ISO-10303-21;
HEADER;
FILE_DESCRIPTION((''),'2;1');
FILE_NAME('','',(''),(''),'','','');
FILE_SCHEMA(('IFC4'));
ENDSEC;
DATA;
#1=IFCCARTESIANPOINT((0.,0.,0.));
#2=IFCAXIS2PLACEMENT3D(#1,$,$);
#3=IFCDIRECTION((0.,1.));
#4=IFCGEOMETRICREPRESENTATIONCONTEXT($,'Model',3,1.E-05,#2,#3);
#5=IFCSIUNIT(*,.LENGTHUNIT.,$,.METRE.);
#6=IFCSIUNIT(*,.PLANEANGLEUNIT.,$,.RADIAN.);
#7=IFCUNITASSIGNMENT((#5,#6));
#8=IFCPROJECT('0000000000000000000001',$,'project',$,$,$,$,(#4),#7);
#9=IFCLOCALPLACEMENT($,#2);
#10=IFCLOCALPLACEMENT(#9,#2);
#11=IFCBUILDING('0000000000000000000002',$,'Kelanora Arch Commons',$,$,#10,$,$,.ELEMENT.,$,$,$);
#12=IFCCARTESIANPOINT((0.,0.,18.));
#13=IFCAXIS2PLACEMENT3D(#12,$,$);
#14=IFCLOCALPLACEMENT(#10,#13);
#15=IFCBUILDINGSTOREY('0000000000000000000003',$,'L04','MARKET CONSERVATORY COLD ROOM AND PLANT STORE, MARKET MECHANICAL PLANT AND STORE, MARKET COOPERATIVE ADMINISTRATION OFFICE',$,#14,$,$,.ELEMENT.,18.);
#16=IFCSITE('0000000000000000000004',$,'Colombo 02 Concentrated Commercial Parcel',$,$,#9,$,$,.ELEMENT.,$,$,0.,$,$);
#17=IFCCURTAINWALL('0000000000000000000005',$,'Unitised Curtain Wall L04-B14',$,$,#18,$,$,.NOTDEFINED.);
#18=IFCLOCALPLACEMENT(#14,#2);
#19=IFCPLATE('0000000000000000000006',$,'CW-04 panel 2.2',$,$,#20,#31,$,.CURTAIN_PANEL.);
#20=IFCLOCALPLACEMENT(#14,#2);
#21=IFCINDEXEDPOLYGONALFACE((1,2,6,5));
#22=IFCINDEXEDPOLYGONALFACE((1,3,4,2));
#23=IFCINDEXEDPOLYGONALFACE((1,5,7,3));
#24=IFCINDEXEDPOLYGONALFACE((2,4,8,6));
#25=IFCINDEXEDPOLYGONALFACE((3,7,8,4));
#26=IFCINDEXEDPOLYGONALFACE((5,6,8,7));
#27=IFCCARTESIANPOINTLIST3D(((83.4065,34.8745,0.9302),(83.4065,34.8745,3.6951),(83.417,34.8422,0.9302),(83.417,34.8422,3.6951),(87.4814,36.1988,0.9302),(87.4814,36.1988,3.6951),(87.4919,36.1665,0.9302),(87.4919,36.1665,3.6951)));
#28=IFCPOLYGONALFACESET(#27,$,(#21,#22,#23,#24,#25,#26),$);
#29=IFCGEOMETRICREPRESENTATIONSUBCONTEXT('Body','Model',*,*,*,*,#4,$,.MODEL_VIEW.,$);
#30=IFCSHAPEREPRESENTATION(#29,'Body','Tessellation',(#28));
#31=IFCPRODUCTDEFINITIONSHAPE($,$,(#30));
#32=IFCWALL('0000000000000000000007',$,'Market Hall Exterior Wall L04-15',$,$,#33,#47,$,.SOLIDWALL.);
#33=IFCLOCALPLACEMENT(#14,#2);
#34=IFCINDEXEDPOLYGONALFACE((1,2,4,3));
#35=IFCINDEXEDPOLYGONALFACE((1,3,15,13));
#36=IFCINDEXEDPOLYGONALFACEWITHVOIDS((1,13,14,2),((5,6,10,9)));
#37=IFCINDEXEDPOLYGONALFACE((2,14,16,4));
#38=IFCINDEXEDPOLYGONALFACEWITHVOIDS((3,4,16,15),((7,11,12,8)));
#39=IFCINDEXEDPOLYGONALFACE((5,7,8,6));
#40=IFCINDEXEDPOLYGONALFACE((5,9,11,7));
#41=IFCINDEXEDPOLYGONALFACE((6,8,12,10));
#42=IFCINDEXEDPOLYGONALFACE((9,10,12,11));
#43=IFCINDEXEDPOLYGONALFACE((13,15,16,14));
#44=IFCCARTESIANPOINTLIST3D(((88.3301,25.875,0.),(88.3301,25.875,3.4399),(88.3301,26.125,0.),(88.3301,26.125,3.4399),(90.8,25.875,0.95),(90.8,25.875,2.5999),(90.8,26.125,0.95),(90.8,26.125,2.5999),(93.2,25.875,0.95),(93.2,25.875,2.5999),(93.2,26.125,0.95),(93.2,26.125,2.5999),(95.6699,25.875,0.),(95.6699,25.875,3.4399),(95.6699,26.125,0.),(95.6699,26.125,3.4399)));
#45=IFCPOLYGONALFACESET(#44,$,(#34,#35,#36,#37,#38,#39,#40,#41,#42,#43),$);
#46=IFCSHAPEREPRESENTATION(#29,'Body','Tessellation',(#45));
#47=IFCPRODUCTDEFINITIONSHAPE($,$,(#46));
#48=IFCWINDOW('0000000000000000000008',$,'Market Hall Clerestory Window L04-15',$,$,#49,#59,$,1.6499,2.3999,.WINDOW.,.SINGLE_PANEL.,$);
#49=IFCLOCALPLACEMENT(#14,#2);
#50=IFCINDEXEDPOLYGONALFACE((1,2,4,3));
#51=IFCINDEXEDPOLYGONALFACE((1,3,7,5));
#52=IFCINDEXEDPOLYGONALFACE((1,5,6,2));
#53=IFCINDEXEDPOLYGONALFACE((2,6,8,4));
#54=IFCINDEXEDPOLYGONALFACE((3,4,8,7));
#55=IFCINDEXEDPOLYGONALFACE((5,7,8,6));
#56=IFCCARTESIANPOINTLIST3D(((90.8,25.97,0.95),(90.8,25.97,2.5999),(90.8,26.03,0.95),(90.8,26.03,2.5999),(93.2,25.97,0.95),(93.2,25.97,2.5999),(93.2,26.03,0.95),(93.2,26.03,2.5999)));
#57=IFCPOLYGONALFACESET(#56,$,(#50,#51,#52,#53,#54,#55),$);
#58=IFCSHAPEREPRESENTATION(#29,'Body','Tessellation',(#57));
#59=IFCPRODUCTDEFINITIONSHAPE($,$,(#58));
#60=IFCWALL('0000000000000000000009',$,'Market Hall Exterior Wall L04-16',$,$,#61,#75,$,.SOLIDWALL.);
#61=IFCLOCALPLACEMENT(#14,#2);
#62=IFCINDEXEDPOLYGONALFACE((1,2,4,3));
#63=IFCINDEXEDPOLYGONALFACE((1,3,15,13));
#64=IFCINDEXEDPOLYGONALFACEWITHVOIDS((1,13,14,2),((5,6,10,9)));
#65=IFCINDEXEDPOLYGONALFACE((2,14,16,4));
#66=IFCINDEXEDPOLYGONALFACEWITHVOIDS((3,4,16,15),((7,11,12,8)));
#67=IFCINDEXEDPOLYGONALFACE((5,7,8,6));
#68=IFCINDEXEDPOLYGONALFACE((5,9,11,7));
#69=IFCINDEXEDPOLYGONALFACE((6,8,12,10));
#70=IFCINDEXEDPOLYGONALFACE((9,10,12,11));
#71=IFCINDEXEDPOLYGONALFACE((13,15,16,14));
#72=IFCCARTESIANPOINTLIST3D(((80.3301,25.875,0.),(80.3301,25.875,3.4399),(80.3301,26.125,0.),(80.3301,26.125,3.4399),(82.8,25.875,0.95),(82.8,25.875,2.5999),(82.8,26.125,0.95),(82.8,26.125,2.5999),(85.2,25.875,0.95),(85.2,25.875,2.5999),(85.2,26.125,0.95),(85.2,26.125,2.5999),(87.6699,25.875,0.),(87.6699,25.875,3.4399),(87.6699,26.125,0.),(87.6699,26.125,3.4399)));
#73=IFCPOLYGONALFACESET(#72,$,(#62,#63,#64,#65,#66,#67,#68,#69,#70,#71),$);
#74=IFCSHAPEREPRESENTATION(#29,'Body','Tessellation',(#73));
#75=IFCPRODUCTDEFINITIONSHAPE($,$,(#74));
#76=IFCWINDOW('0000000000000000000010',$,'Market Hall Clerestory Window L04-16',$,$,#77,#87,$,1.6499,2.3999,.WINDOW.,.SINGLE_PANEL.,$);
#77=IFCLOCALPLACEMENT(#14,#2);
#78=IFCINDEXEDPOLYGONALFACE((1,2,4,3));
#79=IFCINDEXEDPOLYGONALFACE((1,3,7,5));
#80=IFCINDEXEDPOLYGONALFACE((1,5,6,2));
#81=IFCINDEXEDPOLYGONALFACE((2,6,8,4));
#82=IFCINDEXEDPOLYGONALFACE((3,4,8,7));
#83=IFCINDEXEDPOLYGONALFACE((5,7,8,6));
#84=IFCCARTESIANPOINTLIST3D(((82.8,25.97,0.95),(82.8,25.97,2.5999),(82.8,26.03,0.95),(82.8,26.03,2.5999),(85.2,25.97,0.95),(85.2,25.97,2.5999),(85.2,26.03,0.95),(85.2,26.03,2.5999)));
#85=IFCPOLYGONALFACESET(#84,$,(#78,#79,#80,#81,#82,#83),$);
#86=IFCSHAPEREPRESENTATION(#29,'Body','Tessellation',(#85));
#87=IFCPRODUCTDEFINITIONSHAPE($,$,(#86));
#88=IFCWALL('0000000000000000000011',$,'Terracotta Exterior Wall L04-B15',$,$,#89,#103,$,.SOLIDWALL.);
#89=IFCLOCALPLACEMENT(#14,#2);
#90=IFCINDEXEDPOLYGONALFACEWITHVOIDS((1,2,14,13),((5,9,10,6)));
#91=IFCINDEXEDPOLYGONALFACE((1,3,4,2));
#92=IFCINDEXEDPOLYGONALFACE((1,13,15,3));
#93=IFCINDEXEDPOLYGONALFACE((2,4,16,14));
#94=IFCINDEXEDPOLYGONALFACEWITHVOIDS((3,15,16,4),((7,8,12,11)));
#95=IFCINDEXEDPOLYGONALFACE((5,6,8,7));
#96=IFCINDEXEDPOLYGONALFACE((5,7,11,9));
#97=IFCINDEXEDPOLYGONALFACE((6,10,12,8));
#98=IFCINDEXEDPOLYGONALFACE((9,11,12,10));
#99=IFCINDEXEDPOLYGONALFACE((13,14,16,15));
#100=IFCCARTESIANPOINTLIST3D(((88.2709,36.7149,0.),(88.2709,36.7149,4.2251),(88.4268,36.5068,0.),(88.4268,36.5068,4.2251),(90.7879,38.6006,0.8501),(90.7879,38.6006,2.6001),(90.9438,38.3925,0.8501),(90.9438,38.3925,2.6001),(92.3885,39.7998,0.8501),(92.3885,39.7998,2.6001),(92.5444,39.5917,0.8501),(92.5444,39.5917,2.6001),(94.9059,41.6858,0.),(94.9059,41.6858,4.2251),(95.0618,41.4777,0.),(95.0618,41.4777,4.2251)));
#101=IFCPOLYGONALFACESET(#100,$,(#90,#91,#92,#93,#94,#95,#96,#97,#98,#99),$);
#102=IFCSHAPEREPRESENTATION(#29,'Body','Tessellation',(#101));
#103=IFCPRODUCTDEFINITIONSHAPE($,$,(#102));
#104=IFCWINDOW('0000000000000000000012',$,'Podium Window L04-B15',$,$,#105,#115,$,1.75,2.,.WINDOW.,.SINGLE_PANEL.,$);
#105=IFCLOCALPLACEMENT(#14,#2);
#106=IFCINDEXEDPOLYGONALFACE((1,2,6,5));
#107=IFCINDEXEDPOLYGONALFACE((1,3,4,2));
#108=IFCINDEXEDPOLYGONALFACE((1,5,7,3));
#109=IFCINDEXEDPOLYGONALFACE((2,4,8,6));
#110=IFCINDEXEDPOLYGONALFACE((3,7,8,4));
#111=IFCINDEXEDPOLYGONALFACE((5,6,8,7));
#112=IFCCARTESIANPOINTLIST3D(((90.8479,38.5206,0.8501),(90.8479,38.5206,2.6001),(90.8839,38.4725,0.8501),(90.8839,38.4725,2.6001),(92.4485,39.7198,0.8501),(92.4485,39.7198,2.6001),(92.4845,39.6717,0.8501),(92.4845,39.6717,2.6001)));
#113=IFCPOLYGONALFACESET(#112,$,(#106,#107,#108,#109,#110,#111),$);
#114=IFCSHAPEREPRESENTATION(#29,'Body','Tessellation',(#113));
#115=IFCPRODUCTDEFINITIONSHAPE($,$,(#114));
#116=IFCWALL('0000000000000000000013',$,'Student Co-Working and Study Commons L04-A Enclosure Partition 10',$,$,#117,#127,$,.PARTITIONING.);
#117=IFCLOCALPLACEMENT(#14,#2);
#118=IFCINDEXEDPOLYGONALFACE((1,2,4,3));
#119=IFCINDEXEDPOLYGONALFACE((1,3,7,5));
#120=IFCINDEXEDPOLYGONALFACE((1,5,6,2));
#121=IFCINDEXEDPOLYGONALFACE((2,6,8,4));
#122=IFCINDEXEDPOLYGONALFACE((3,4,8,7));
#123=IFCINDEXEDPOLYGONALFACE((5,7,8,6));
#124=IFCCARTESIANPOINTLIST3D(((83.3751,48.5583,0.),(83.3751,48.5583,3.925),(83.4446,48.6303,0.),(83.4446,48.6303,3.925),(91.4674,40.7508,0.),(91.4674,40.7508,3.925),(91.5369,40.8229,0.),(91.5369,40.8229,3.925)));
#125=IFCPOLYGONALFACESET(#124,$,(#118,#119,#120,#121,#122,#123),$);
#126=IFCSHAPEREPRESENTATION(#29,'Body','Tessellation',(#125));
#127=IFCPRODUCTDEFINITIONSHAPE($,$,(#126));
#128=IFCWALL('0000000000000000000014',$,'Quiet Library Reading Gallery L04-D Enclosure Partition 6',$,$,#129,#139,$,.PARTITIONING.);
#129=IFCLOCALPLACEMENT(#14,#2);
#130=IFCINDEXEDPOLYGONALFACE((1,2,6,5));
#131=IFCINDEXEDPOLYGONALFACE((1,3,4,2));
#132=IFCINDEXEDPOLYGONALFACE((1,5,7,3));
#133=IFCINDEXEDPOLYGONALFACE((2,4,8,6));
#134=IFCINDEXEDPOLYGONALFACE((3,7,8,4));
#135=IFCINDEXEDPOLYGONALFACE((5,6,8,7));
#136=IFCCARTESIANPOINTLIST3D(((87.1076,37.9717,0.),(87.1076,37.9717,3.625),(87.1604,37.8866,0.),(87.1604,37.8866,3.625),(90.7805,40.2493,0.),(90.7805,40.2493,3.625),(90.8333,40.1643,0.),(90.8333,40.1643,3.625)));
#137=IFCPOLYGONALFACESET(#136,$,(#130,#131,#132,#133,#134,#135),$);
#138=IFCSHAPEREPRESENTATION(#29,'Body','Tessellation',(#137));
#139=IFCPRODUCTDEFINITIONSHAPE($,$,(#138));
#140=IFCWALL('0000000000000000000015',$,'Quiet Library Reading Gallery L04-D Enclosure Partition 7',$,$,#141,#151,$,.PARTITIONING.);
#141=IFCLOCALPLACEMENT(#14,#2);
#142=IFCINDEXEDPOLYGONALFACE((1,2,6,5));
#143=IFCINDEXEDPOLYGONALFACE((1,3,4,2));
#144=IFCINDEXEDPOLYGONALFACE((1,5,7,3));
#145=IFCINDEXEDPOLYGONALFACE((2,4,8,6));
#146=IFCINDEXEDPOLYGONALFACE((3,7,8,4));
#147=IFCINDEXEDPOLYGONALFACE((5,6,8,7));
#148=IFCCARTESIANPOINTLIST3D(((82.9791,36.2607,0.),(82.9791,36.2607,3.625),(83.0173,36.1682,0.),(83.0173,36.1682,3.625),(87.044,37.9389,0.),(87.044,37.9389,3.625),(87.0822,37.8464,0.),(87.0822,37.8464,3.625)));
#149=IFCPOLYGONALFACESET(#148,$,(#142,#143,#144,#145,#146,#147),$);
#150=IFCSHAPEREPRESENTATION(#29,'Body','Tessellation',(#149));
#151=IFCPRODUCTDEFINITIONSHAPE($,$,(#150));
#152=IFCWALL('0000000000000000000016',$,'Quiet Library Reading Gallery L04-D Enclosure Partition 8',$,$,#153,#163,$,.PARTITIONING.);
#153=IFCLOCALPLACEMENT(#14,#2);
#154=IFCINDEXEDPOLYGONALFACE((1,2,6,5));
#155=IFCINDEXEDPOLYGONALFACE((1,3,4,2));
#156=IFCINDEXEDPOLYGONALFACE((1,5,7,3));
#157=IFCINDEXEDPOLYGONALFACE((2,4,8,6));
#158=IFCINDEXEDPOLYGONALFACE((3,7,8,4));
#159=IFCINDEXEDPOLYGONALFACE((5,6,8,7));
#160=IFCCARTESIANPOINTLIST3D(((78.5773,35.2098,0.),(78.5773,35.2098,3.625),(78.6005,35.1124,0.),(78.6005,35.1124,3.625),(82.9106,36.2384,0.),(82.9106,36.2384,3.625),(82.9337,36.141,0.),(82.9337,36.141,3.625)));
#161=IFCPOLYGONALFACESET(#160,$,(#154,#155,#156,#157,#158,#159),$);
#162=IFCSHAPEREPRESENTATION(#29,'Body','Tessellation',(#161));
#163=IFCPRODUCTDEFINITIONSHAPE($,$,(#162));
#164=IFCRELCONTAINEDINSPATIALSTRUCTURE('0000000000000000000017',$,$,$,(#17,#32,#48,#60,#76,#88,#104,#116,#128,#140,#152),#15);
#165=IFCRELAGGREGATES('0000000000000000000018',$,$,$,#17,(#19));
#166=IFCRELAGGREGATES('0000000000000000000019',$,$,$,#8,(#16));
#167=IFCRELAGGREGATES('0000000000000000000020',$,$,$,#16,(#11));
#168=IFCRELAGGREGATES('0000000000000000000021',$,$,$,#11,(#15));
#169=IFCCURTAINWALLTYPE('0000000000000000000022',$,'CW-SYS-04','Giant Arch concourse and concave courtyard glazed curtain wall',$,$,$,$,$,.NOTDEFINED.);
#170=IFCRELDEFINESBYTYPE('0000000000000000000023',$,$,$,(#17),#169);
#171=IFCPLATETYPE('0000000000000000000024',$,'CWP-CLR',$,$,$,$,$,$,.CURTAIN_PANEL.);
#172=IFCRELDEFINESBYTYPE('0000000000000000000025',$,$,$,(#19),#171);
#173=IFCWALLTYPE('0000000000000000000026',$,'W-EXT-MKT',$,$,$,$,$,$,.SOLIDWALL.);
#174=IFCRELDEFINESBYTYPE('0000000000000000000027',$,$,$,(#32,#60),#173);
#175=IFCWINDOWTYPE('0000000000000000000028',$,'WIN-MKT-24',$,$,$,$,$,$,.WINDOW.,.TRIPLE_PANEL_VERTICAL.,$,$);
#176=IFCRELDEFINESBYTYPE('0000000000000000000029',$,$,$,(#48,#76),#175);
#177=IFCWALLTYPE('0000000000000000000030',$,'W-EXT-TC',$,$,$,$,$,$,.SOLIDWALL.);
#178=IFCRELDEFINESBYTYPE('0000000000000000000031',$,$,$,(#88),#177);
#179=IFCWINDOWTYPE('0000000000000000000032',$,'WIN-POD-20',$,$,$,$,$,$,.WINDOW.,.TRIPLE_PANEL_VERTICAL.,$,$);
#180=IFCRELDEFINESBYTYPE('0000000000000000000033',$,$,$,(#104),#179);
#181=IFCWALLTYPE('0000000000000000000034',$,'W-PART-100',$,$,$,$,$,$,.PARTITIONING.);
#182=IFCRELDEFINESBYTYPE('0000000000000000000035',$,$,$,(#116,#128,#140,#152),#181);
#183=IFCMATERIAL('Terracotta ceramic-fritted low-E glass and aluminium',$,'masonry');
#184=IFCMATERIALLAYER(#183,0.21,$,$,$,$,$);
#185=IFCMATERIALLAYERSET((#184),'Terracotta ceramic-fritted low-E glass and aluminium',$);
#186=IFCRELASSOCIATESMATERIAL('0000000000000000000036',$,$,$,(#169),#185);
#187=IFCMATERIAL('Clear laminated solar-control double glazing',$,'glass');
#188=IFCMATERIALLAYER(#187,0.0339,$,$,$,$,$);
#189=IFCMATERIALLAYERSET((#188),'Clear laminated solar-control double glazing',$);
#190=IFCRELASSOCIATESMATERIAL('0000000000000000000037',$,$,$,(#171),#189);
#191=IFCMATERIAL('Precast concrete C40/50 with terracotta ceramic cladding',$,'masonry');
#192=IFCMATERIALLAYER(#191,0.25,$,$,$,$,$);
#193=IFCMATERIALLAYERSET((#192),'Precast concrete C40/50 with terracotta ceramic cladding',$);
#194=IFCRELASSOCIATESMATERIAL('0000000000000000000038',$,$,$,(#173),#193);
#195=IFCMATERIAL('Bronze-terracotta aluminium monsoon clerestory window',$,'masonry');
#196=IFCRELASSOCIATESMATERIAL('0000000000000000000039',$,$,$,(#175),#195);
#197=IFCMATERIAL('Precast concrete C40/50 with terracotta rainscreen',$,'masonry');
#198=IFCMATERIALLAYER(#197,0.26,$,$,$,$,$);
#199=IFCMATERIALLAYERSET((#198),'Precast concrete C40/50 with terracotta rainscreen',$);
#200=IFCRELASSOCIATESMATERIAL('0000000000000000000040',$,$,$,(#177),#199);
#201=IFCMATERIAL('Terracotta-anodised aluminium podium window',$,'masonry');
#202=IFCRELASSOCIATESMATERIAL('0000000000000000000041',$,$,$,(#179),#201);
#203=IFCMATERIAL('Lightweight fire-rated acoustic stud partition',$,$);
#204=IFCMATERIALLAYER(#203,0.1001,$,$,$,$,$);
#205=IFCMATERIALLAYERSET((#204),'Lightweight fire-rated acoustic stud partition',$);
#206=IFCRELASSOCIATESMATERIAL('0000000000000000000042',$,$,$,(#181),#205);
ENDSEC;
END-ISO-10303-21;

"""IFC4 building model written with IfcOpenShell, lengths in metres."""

from ifc_helpers import new_model, si_unit, direction, frame, frame_2d, origin, origin_2d, place, context, subcontext, project, spatial, rectangle, extrude, source, transform, mapped, material, layer, layer_set, type_object, element, fill, aggregate, save


model = new_model("IFC4")

# Units and contexts
model_context = context("Model", 3, precision=1e-05, world=origin(), true_north=direction((0.0, 1.0)))
body_context = subcontext(model_context, "Body", "Model", "MODEL_VIEW")
ifc_project = project(units=[si_unit("LENGTHUNIT", "METRE"), si_unit("PLANEANGLEUNIT", "RADIAN")], contexts=[model_context])

# Site, building, storey
site_placement = place(None, origin())
site = spatial("IfcSite", under=ifc_project, at=site_placement, Name="Colombo 02 Concentrated Commercial Parcel", CompositionType="ELEMENT", RefElevation=0.0)
building_placement = place(site_placement, origin())
building = spatial("IfcBuilding", under=site, at=building_placement, Name="Kelanora Arch Commons", CompositionType="ELEMENT")
storey_placement = place(building_placement, frame((0.0, 0.0, 18.0)))
storey = spatial("IfcBuildingStorey", under=building, at=storey_placement, Name="L04", Description="MARKET CONSERVATORY COLD ROOM AND PLANT STORE, MARKET MECHANICAL PLANT AND STORE, MARKET COOPERATIVE ADMINISTRATION OFFICE", CompositionType="ELEMENT", Elevation=18.0)

# Curtain wall
ifc_material_1 = material(Name="Terracotta ceramic-fritted low-E glass and aluminium", Category="masonry")
ifc_layer_1 = layer(ifc_material_1, 0.21)
ifc_layer_set_1 = layer_set([ifc_layer_1], Name="Terracotta ceramic-fritted low-E glass and aluminium")
curtain_wall_type = type_object("IfcCurtainWallType", Name="CW-SYS-04", Description="Giant Arch concourse and concave courtyard glazed curtain wall", PredefinedType="NOTDEFINED", material=ifc_layer_set_1)
curtain_wall_1_placement = place(storey_placement, origin())
curtain_wall_1 = element("IfcCurtainWall", 1, at=curtain_wall_1_placement, inside=storey, type_object=curtain_wall_type, Name="Unitised Curtain Wall L04-B14", PredefinedType="NOTDEFINED")

# Plate
ifc_material_2 = material(Name="Clear laminated solar-control double glazing", Category="glass")
ifc_layer_2 = layer(ifc_material_2, 0.0339)
ifc_layer_set_2 = layer_set([ifc_layer_2], Name="Clear laminated solar-control double glazing")
plate_type = type_object("IfcPlateType", Name="CWP-CLR", PredefinedType="CURTAIN_PANEL", material=ifc_layer_set_2)
shared_shape_1 = source(origin(), body_context, "Body", "SweptSolid", [
    extrude(rectangle(XDim=4.2847, YDim=0.0339, at=origin_2d()), origin(), (0.0, 0.0, 1.0), 2.7649),
])
plate_1_placement = place(storey_placement, frame((85.4492, 35.5205, 0.9302), z_axis=(0.0, 0.0, 1.0), x_axis=(0.951039, 0.30907, 0.0)))
plate_1 = element("IfcPlate", 2, at=plate_1_placement, type_object=plate_type, Name="CW-04 panel 2.2", PredefinedType="CURTAIN_PANEL", context=body_context, shape_type="MappedRepresentation", body=[
    mapped(shared_shape_1, transform((0.0, 0.0, 0.0), scale=1.0)),
])
aggregate(curtain_wall_1, [plate_1])

# Walls, openings, windows
ifc_material_3 = material(Name="Precast concrete C40/50 with terracotta ceramic cladding", Category="masonry")
ifc_layer_3 = layer(ifc_material_3, 0.25)
ifc_layer_set_3 = layer_set([ifc_layer_3], Name="Precast concrete C40/50 with terracotta ceramic cladding")
wall_type_1 = type_object("IfcWallType", Name="W-EXT-MKT", PredefinedType="SOLIDWALL", material=ifc_layer_set_3)
wall_1_placement = place(storey_placement, frame((95.6699, 26.0, 0.0), z_axis=(0.0, 0.0, 1.0), x_axis=(-1.0, 0.0, 0.0)))
wall_1 = element("IfcWall", 3, at=wall_1_placement, inside=storey, type_object=wall_type_1, Name="Market Hall Exterior Wall L04-15", PredefinedType="SOLIDWALL", context=body_context, shape_type="SweptSolid", body=[
    extrude(rectangle(XDim=7.3398, YDim=0.25, at=frame_2d((3.6699, 0.0))), origin(), (0.0, 0.0, 1.0), 3.4399),
])
opening_1_placement = place(wall_1_placement, frame((2.47, 0.0, 0.95)))
opening_1 = element("IfcOpeningElement", 4, at=opening_1_placement, cuts=wall_1, PredefinedType="OPENING", context=body_context, shape_type="SweptSolid", body=[
    extrude(rectangle(XDim=2.3999, YDim=1.6499, at=frame_2d((1.2, 0.825))), frame((0.0, 0.135, 0.0), z_axis=(0.0, -1.0, 0.0), x_axis=(1.0, 0.0, 0.0)), (0.0, 0.0, 1.0), 0.27),
])
ifc_material_4 = material(Name="Bronze-terracotta aluminium monsoon clerestory window", Category="masonry")
window_type_1 = type_object("IfcWindowType", Name="WIN-MKT-24", PartitioningType="TRIPLE_PANEL_VERTICAL", PredefinedType="WINDOW", material=ifc_material_4)
window_1_placement = place(opening_1_placement, origin())
window_1 = element("IfcWindow", 5, at=window_1_placement, inside=storey, type_object=window_type_1, Name="Market Hall Clerestory Window L04-15", OverallHeight=1.6499, OverallWidth=2.3999, PartitioningType="SINGLE_PANEL", PredefinedType="WINDOW", context=body_context, shape_type="SweptSolid", body=[
    extrude(rectangle(XDim=2.3999, YDim=1.6499, at=frame_2d((1.2, 0.825))), frame((0.0, 0.03, 0.0), z_axis=(0.0, -1.0, 0.0), x_axis=(1.0, 0.0, 0.0)), (0.0, 0.0, 1.0), 0.0601),
])
fill(opening_1, window_1)
wall_2_placement = place(storey_placement, frame((87.6699, 26.0, 0.0), z_axis=(0.0, 0.0, 1.0), x_axis=(-1.0, 0.0, 0.0)))
wall_2 = element("IfcWall", 6, at=wall_2_placement, inside=storey, type_object=wall_type_1, Name="Market Hall Exterior Wall L04-16", PredefinedType="SOLIDWALL", context=body_context, shape_type="SweptSolid", body=[
    extrude(rectangle(XDim=7.3398, YDim=0.25, at=frame_2d((3.6699, 0.0))), origin(), (0.0, 0.0, 1.0), 3.4399),
])
opening_2_placement = place(wall_2_placement, frame((2.47, 0.0, 0.95)))
opening_2 = element("IfcOpeningElement", 7, at=opening_2_placement, cuts=wall_2, PredefinedType="OPENING", context=body_context, shape_type="SweptSolid", body=[
    extrude(rectangle(XDim=2.3999, YDim=1.6499, at=frame_2d((1.2, 0.825))), frame((0.0, 0.135, 0.0), z_axis=(0.0, -1.0, 0.0), x_axis=(1.0, 0.0, 0.0)), (0.0, 0.0, 1.0), 0.27),
])
window_2_placement = place(opening_2_placement, origin())
window_2 = element("IfcWindow", 8, at=window_2_placement, inside=storey, type_object=window_type_1, Name="Market Hall Clerestory Window L04-16", OverallHeight=1.6499, OverallWidth=2.3999, PartitioningType="SINGLE_PANEL", PredefinedType="WINDOW", context=body_context, shape_type="SweptSolid", body=[
    extrude(rectangle(XDim=2.3999, YDim=1.6499, at=frame_2d((1.2, 0.825))), frame((0.0, 0.03, 0.0), z_axis=(0.0, -1.0, 0.0), x_axis=(1.0, 0.0, 0.0)), (0.0, 0.0, 1.0), 0.0601),
])
fill(opening_2, window_2)
ifc_material_5 = material(Name="Precast concrete C40/50 with terracotta rainscreen", Category="masonry")
ifc_layer_4 = layer(ifc_material_5, 0.26)
ifc_layer_set_4 = layer_set([ifc_layer_4], Name="Precast concrete C40/50 with terracotta rainscreen")
wall_type_2 = type_object("IfcWallType", Name="W-EXT-TC", PredefinedType="SOLIDWALL", material=ifc_layer_set_4)
wall_3_placement = place(storey_placement, frame((88.3489, 36.6108, 0.0), z_axis=(0.0, 0.0, 1.0), x_axis=(0.800307, 0.59959, 0.0)))
wall_3 = element("IfcWall", 9, at=wall_3_placement, inside=storey, type_object=wall_type_2, Name="Terracotta Exterior Wall L04-B15", PredefinedType="SOLIDWALL", context=body_context, shape_type="SweptSolid", body=[
    extrude(rectangle(XDim=8.2905, YDim=0.26, at=frame_2d((4.1453, 0.0))), origin(), (0.0, 0.0, 1.0), 4.2251),
])
opening_3_placement = place(wall_3_placement, frame((3.145, 0.0, 0.8501)))
opening_3 = element("IfcOpeningElement", 10, at=opening_3_placement, cuts=wall_3, PredefinedType="OPENING", context=body_context, shape_type="SweptSolid", body=[
    extrude(rectangle(XDim=2.0, YDim=1.75, at=frame_2d((1.0, 0.875))), frame((0.0, 0.1401, 0.0), z_axis=(0.0, -1.0, 0.0), x_axis=(1.0, 0.0, 0.0)), (0.0, 0.0, 1.0), 0.28),
])
ifc_material_6 = material(Name="Terracotta-anodised aluminium podium window", Category="masonry")
window_type_2 = type_object("IfcWindowType", Name="WIN-POD-20", PartitioningType="TRIPLE_PANEL_VERTICAL", PredefinedType="WINDOW", material=ifc_material_6)
window_3_placement = place(opening_3_placement, origin())
window_3 = element("IfcWindow", 11, at=window_3_placement, inside=storey, type_object=window_type_2, Name="Podium Window L04-B15", OverallHeight=1.75, OverallWidth=2.0, PartitioningType="SINGLE_PANEL", PredefinedType="WINDOW", context=body_context, shape_type="SweptSolid", body=[
    extrude(rectangle(XDim=2.0, YDim=1.75, at=frame_2d((1.0, 0.875))), frame((0.0, 0.03, 0.0), z_axis=(0.0, -1.0, 0.0), x_axis=(1.0, 0.0, 0.0)), (0.0, 0.0, 1.0), 0.0601),
])
fill(opening_3, window_3)

# Walls
ifc_material_7 = material(Name="Lightweight fire-rated acoustic stud partition")
ifc_layer_5 = layer(ifc_material_7, 0.1001)
ifc_layer_set_5 = layer_set([ifc_layer_5], Name="Lightweight fire-rated acoustic stud partition")
wall_type_3 = type_object("IfcWallType", Name="W-PART-100", PredefinedType="PARTITIONING", material=ifc_layer_set_5)
wall_4_placement = place(storey_placement, frame((91.5022, 40.7869, 0.0), z_axis=(0.0, 0.0, 1.0), x_axis=(-0.719662, 0.694324, 0.0)))
element("IfcWall", 12, at=wall_4_placement, inside=storey, type_object=wall_type_3, Name="Student Co-Working and Study Commons L04-A Enclosure Partition 10", PredefinedType="PARTITIONING", context=body_context, shape_type="SweptSolid", body=[
    extrude(rectangle(XDim=11.2446, YDim=0.1001, at=frame_2d((5.6223, 0.0))), origin(), (0.0, 0.0, 1.0), 3.925),
])
wall_5_placement = place(storey_placement, frame((90.8069, 40.2068, 0.0), z_axis=(0.0, 0.0, 1.0), x_axis=(-0.849859, -0.52701, 0.0)))
element("IfcWall", 13, at=wall_5_placement, inside=storey, type_object=wall_type_3, Name="Quiet Library Reading Gallery L04-D Enclosure Partition 6", PredefinedType="PARTITIONING", context=body_context, shape_type="SweptSolid", body=[
    extrude(rectangle(XDim=4.3218, YDim=0.1001, at=frame_2d((2.1609, 0.0))), origin(), (0.0, 0.0, 1.0), 3.625),
])
wall_6_placement = place(storey_placement, frame((87.063, 37.8926, 0.0), z_axis=(0.0, 0.0, 1.0), x_axis=(-0.924324, -0.38161, 0.0)))
element("IfcWall", 14, at=wall_6_placement, inside=storey, type_object=wall_type_3, Name="Quiet Library Reading Gallery L04-D Enclosure Partition 7", PredefinedType="PARTITIONING", context=body_context, shape_type="SweptSolid", body=[
    extrude(rectangle(XDim=4.3977, YDim=0.1001, at=frame_2d((2.1987, 0.0))), origin(), (0.0, 0.0, 1.0), 3.625),
])
wall_7_placement = place(storey_placement, frame((82.9221, 36.1897, 0.0), z_axis=(0.0, 0.0, 1.0), x_axis=(-0.972966, -0.230949, 0.0)))
element("IfcWall", 15, at=wall_7_placement, inside=storey, type_object=wall_type_3, Name="Quiet Library Reading Gallery L04-D Enclosure Partition 8", PredefinedType="PARTITIONING", context=body_context, shape_type="SweptSolid", body=[
    extrude(rectangle(XDim=4.4536, YDim=0.1001, at=frame_2d((2.2268, 0.0))), origin(), (0.0, 0.0, 1.0), 3.625),
])

save(model, "model.ifc")
